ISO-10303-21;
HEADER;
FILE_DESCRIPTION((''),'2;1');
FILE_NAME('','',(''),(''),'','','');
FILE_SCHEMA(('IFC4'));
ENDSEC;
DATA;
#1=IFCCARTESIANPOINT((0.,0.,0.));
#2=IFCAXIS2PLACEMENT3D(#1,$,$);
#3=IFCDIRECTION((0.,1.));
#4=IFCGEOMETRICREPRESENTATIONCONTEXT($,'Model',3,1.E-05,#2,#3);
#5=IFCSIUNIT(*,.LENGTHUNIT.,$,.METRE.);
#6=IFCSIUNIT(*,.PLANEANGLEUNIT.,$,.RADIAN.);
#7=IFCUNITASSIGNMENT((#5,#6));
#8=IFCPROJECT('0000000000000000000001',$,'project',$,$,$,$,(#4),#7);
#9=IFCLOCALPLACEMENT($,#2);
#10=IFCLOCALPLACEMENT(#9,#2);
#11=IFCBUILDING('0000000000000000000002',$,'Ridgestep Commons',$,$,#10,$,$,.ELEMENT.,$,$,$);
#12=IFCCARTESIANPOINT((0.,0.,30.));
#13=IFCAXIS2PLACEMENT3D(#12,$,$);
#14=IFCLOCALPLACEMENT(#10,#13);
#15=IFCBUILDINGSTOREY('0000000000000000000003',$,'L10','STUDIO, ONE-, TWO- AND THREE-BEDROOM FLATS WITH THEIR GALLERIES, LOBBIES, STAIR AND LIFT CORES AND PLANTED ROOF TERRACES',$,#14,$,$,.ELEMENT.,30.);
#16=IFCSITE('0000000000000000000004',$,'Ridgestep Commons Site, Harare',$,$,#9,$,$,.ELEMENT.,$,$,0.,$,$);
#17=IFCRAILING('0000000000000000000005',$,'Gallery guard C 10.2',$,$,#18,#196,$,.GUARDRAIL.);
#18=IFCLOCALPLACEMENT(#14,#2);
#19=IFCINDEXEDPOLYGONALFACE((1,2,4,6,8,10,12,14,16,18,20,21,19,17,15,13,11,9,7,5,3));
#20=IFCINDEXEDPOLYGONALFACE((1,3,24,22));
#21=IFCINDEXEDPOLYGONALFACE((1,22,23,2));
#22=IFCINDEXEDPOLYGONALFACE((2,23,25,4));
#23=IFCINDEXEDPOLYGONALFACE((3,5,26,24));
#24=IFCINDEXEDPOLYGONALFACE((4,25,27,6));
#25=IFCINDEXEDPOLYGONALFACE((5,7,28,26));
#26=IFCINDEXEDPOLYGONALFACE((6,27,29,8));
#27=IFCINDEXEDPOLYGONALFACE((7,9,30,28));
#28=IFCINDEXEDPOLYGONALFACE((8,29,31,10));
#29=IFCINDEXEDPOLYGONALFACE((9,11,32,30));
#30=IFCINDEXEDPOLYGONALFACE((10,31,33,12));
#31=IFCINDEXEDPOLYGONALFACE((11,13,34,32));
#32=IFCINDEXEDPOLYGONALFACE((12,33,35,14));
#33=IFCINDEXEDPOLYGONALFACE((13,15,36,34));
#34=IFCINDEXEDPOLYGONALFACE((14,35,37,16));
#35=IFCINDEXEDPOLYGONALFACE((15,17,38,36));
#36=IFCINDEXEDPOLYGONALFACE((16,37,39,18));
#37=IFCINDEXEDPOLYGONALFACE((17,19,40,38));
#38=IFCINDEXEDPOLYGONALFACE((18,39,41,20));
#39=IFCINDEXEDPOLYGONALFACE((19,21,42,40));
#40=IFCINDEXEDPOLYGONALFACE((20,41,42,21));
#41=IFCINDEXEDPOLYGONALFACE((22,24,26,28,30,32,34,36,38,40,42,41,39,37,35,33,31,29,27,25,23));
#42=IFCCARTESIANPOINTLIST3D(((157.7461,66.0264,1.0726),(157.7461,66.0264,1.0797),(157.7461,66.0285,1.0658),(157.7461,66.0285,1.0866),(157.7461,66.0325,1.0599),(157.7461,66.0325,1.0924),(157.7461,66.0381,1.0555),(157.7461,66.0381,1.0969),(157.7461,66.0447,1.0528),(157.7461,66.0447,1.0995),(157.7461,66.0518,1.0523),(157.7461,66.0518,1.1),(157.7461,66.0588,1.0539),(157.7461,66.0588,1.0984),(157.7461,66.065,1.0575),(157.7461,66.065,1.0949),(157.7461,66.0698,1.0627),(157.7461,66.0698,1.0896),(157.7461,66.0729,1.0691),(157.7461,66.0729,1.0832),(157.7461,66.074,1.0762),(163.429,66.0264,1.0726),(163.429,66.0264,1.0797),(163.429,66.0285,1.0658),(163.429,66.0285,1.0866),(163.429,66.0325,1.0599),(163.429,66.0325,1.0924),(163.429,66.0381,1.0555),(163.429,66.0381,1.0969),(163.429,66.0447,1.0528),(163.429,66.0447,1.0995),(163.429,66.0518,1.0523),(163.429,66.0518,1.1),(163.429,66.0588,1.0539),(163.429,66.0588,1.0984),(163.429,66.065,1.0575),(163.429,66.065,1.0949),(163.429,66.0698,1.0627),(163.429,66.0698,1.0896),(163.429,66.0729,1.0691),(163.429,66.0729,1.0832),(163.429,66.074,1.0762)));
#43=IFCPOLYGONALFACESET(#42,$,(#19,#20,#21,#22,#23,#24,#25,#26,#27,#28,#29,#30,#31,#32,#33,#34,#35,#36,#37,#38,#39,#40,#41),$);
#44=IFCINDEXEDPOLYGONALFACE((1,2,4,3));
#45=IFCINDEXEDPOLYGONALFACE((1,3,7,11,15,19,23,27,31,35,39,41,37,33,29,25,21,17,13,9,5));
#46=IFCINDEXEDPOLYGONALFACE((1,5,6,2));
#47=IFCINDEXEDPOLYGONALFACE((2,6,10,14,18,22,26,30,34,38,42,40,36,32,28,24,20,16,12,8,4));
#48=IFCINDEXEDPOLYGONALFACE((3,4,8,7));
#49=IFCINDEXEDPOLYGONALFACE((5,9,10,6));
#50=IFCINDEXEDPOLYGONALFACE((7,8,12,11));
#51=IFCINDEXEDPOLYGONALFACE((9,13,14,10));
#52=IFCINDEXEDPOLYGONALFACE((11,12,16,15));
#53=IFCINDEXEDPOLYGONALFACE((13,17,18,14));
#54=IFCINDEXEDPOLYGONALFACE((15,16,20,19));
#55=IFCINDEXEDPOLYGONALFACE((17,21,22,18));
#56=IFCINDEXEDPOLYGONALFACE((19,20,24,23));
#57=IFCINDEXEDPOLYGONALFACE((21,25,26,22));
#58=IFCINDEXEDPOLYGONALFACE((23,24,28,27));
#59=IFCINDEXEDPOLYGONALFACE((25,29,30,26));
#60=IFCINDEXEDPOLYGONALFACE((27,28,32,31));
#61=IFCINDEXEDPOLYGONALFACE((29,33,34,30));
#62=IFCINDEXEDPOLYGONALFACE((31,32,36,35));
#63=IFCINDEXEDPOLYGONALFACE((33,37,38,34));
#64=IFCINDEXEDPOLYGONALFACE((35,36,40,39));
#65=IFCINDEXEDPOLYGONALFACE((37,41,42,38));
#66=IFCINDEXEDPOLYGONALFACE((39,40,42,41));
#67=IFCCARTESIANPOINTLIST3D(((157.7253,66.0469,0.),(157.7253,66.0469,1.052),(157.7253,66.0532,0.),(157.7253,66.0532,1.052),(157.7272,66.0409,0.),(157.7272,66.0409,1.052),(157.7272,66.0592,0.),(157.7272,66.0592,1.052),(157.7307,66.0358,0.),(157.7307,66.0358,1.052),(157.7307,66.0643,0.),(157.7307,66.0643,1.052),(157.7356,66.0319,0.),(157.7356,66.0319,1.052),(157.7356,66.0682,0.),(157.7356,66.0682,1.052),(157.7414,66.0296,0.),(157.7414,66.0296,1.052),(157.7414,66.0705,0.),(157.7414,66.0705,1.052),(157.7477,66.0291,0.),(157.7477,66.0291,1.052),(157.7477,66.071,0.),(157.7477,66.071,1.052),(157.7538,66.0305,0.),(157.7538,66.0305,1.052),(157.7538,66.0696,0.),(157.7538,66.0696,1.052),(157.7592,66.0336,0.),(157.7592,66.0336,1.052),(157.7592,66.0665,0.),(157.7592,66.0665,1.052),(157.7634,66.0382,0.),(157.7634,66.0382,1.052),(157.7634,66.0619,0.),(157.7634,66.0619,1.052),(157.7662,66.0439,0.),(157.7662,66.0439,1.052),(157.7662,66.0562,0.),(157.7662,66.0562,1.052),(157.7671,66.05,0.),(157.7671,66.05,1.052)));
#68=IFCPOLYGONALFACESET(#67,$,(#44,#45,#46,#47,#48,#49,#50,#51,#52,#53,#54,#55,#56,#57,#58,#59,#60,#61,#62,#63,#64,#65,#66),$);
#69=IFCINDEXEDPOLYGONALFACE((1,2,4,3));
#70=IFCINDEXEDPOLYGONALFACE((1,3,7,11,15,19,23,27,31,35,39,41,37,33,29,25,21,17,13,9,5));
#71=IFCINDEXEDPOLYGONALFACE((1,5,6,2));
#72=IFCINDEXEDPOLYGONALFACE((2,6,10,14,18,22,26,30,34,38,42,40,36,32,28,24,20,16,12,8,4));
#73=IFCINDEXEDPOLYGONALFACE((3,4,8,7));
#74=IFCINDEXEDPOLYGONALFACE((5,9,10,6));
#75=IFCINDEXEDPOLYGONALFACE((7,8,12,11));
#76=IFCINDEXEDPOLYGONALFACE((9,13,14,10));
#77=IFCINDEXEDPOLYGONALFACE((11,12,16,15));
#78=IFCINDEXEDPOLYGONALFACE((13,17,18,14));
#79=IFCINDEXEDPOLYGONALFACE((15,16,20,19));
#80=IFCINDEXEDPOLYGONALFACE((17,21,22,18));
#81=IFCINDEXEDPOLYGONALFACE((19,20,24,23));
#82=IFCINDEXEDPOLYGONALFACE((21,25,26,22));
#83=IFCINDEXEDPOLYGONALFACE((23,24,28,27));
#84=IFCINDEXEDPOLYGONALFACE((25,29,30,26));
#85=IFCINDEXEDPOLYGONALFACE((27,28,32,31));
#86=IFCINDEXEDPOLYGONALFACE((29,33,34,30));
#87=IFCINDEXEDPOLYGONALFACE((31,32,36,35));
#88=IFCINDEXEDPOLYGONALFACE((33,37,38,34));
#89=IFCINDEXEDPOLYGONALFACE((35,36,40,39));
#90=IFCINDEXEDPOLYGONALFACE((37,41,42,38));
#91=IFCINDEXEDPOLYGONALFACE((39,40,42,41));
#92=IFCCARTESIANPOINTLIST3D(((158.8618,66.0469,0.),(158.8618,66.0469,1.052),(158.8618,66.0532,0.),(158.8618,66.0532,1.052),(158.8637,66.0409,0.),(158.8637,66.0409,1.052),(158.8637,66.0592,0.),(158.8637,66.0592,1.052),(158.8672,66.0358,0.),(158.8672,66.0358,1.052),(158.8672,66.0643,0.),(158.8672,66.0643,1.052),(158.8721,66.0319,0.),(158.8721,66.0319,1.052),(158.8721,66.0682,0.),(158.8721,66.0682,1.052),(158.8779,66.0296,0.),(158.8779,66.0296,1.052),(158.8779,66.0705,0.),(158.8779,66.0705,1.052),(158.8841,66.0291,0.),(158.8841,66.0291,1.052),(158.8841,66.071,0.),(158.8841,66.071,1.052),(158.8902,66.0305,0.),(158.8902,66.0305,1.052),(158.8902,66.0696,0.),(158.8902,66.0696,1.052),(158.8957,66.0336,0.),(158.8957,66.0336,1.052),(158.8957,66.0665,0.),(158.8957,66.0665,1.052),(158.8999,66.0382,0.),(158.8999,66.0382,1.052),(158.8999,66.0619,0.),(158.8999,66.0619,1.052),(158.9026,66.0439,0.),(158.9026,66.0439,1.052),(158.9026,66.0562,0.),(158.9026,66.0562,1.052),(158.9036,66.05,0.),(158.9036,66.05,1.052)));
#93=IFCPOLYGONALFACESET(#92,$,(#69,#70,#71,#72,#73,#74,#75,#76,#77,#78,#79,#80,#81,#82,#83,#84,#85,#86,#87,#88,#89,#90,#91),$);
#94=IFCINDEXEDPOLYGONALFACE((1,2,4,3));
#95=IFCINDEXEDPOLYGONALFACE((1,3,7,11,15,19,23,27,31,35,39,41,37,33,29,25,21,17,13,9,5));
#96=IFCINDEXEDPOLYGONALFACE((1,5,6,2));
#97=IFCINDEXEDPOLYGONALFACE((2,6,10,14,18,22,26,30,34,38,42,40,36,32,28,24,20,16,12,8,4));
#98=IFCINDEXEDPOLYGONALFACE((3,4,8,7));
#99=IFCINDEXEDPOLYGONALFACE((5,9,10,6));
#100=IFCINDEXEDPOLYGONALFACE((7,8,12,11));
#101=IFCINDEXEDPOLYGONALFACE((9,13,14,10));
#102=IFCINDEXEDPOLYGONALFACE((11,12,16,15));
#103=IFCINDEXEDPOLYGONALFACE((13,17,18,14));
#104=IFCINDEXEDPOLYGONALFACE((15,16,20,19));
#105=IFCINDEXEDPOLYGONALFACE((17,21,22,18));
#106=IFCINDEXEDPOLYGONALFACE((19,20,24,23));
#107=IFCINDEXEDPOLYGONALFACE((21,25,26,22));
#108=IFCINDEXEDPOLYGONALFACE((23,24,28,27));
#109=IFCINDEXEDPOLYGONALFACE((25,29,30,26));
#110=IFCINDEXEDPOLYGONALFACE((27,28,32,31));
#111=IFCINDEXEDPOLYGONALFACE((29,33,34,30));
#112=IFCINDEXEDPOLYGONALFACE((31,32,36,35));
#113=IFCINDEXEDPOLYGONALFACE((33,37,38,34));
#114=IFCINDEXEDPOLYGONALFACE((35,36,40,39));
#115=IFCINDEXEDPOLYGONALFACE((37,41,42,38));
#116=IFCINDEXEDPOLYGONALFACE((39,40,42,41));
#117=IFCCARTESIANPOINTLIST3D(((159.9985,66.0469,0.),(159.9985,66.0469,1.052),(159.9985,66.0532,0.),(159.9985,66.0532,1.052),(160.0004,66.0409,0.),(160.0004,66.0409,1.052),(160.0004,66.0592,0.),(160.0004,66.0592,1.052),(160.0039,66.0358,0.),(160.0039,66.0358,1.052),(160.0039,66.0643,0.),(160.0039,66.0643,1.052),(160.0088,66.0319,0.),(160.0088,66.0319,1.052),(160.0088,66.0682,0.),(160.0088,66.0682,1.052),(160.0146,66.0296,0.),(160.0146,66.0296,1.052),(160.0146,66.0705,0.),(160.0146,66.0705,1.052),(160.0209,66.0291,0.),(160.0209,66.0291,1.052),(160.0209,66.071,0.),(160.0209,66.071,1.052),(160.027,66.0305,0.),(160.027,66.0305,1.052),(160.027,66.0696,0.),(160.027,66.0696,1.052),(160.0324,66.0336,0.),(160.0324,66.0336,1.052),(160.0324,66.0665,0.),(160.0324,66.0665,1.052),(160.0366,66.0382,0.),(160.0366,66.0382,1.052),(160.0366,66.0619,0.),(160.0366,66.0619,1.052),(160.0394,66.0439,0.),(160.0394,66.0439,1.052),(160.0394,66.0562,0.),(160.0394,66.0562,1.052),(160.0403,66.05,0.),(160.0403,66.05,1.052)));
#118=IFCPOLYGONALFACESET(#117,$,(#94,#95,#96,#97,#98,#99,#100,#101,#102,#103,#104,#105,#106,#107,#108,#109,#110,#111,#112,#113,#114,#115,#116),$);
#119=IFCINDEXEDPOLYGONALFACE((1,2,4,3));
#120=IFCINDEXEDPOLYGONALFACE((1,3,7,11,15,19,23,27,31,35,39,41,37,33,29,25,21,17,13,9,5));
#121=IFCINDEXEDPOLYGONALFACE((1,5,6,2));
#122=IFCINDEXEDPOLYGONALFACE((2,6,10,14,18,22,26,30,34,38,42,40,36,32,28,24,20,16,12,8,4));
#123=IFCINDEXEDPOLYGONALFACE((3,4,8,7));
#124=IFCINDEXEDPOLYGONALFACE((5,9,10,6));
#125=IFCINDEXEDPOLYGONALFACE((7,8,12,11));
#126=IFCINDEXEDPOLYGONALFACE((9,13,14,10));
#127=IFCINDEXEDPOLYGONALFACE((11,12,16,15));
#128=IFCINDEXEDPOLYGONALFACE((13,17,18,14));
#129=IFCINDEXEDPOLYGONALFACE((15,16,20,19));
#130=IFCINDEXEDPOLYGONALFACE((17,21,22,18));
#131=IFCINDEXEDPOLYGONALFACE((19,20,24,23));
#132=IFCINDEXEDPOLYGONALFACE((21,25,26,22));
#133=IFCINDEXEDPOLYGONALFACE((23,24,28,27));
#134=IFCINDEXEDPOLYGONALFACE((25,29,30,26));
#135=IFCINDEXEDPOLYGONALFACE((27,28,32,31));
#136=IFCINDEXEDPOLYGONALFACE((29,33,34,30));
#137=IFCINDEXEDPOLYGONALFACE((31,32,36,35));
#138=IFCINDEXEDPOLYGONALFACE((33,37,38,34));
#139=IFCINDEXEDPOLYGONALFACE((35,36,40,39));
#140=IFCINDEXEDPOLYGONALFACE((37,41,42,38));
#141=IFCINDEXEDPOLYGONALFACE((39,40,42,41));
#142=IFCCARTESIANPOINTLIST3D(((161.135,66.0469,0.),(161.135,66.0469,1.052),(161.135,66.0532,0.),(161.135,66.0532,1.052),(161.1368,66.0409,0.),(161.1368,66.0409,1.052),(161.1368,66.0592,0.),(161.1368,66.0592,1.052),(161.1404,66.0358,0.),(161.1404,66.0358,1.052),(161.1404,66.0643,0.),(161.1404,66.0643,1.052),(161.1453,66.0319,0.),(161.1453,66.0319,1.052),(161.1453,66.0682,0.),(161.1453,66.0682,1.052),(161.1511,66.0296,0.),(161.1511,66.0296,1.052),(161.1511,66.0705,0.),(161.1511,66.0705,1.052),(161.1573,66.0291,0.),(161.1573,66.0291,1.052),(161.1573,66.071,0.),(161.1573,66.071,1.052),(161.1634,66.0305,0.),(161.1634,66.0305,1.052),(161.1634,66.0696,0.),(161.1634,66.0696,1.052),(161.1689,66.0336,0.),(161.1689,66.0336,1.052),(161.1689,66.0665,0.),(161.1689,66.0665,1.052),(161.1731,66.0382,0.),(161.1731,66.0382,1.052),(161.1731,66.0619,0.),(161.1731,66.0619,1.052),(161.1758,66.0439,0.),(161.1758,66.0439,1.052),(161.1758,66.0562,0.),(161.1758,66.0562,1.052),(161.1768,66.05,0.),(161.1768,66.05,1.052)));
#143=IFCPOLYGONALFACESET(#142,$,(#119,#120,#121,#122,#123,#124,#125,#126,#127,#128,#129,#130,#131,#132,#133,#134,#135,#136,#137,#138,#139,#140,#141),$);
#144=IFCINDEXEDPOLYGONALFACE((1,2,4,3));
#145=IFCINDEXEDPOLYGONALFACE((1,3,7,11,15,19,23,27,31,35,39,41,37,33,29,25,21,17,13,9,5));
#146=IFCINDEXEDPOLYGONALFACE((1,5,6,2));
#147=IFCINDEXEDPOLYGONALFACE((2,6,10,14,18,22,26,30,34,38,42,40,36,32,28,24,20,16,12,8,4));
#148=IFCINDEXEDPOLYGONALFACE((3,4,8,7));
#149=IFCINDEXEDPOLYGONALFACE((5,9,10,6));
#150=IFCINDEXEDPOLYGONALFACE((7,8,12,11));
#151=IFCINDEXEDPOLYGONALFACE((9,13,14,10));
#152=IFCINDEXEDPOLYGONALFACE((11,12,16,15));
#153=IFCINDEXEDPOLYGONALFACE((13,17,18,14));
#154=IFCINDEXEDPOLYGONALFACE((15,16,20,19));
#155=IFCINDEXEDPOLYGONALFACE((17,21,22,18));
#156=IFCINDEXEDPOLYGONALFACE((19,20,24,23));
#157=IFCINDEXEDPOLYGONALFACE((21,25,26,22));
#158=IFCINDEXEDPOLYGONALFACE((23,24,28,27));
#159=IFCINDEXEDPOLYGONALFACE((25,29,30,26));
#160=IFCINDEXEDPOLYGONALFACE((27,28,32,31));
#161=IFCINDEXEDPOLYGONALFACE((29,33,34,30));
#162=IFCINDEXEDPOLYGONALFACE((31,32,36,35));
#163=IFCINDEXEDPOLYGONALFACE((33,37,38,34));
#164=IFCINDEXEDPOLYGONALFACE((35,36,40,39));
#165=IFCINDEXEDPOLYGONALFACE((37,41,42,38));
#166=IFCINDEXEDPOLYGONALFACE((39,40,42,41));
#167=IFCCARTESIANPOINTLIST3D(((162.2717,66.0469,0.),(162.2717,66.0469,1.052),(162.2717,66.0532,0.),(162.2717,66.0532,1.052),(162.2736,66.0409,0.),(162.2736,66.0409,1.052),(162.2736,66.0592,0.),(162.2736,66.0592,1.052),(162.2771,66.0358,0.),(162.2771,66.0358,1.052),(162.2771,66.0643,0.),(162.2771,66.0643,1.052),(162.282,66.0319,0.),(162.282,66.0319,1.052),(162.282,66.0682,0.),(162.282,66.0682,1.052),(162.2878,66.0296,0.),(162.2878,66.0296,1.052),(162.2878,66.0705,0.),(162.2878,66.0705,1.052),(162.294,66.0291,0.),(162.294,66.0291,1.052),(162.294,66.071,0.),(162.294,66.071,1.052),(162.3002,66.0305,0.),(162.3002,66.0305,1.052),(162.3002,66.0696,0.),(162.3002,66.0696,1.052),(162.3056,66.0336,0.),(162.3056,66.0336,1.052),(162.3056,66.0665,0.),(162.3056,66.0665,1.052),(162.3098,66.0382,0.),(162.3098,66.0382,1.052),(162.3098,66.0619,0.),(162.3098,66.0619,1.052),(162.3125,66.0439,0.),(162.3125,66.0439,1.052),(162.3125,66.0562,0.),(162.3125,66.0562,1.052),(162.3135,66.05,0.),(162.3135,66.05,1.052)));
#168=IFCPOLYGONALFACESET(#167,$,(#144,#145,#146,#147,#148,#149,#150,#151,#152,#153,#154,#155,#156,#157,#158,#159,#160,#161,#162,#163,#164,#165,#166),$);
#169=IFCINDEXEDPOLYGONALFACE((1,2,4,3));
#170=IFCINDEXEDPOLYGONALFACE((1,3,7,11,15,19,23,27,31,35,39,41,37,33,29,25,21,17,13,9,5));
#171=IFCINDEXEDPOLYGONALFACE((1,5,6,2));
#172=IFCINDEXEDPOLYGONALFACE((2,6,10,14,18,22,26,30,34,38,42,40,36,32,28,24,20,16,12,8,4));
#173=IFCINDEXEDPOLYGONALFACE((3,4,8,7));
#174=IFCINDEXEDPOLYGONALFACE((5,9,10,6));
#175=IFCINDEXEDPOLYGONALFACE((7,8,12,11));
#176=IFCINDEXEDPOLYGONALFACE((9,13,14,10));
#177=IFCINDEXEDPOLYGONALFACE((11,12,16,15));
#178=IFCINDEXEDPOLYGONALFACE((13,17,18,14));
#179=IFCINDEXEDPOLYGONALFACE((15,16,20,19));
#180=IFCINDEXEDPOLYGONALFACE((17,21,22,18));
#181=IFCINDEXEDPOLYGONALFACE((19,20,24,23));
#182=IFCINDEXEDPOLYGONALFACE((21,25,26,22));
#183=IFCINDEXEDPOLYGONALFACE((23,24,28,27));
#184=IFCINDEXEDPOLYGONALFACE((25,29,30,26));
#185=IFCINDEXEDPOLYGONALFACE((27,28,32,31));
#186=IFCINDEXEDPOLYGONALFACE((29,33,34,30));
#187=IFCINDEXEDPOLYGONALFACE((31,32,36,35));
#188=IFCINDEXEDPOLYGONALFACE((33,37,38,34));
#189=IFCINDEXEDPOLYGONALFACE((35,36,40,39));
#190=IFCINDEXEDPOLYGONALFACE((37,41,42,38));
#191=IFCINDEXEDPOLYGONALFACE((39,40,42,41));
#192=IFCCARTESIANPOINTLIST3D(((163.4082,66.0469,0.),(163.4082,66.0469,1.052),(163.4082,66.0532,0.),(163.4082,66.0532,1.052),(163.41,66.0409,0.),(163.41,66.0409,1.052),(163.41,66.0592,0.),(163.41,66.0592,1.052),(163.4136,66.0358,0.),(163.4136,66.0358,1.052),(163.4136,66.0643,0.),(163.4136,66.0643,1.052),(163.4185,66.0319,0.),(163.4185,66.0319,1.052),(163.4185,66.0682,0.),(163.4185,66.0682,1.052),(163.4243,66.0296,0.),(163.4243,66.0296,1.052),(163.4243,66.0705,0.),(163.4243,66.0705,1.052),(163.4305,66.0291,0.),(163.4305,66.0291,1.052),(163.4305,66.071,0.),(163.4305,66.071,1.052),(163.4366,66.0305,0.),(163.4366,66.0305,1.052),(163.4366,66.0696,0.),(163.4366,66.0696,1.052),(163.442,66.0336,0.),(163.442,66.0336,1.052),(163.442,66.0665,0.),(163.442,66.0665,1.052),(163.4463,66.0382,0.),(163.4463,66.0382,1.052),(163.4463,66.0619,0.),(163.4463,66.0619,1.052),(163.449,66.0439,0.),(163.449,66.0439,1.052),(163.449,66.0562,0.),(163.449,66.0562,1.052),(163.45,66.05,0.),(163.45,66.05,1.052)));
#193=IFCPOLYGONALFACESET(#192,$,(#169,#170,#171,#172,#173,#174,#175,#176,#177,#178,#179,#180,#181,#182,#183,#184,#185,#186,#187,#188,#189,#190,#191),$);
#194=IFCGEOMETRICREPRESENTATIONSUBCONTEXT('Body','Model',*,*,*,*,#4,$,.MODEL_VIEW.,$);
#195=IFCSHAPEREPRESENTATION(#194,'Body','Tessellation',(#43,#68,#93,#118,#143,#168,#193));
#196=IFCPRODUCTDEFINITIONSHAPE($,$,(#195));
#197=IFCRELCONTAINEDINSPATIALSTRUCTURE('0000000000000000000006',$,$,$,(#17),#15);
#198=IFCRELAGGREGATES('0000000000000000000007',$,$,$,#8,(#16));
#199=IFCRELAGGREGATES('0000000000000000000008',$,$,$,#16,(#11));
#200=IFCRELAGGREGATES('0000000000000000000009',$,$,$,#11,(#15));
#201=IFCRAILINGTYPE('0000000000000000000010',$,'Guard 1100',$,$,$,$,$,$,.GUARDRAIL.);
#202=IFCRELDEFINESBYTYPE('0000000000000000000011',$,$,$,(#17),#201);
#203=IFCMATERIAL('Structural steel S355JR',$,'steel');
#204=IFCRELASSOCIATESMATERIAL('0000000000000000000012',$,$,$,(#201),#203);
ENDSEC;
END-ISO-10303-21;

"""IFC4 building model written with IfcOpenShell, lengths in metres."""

from ifc_helpers import new_model, si_unit, direction, frame, origin, origin_2d, place, context, subcontext, project, spatial, circle, extrude, material, type_object, element, save


model = new_model("IFC4")

# Units and contexts
model_context = context("Model", 3, precision=1e-05, world=origin(), true_north=direction((0.0, 1.0)))
body_context = subcontext(model_context, "Body", "Model", "MODEL_VIEW")
ifc_project = project(units=[si_unit("LENGTHUNIT", "METRE"), si_unit("PLANEANGLEUNIT", "RADIAN")], contexts=[model_context])

# Site, building, storey
site_placement = place(None, origin())
site = spatial("IfcSite", under=ifc_project, at=site_placement, Name="Ridgestep Commons Site, Harare", CompositionType="ELEMENT", RefElevation=0.0)
building_placement = place(site_placement, origin())
building = spatial("IfcBuilding", under=site, at=building_placement, Name="Ridgestep Commons", CompositionType="ELEMENT")
storey_placement = place(building_placement, frame((0.0, 0.0, 30.0)))
storey = spatial("IfcBuildingStorey", under=building, at=storey_placement, Name="L10", Description="STUDIO, ONE-, TWO- AND THREE-BEDROOM FLATS WITH THEIR GALLERIES, LOBBIES, STAIR AND LIFT CORES AND PLANTED ROOF TERRACES", CompositionType="ELEMENT", Elevation=30.0)

# Railing
ifc_material_1 = material(Name="Structural steel S355JR", Category="steel")
railing_type_1 = type_object("IfcRailingType", Name="Guard 1100", PredefinedType="GUARDRAIL", material=ifc_material_1)
railing_1_placement = place(storey_placement, frame((157.7461, 66.05, 0.0)))
element("IfcRailing", 1, at=railing_1_placement, inside=storey, type_object=railing_type_1, Name="Gallery guard C 10.2", PredefinedType="GUARDRAIL", context=body_context, shape_type="SweptSolid", body=[
    extrude(circle(Radius=0.0239, at=origin_2d()), frame((0.0, 0.0, 1.0762), z_axis=(1.0, 0.0, 0.0), x_axis=(0.0, 1.0, 0.0)), (0.0, 0.0, 1.0), 5.6829),
    extrude(circle(Radius=0.021, at=origin_2d()), origin(), (0.0, 0.0, 1.0), 1.052),
    extrude(circle(Radius=0.021, at=origin_2d()), frame((1.1365, 0.0, 0.0)), (0.0, 0.0, 1.0), 1.052),
    extrude(circle(Radius=0.021, at=origin_2d()), frame((2.2732, 0.0, 0.0)), (0.0, 0.0, 1.0), 1.052),
    extrude(circle(Radius=0.021, at=origin_2d()), frame((3.4097, 0.0, 0.0)), (0.0, 0.0, 1.0), 1.052),
    extrude(circle(Radius=0.021, at=origin_2d()), frame((4.5464, 0.0, 0.0)), (0.0, 0.0, 1.0), 1.052),
    extrude(circle(Radius=0.021, at=origin_2d()), frame((5.6829, 0.0, 0.0)), (0.0, 0.0, 1.0), 1.052),
])

save(model, "model.ifc")
